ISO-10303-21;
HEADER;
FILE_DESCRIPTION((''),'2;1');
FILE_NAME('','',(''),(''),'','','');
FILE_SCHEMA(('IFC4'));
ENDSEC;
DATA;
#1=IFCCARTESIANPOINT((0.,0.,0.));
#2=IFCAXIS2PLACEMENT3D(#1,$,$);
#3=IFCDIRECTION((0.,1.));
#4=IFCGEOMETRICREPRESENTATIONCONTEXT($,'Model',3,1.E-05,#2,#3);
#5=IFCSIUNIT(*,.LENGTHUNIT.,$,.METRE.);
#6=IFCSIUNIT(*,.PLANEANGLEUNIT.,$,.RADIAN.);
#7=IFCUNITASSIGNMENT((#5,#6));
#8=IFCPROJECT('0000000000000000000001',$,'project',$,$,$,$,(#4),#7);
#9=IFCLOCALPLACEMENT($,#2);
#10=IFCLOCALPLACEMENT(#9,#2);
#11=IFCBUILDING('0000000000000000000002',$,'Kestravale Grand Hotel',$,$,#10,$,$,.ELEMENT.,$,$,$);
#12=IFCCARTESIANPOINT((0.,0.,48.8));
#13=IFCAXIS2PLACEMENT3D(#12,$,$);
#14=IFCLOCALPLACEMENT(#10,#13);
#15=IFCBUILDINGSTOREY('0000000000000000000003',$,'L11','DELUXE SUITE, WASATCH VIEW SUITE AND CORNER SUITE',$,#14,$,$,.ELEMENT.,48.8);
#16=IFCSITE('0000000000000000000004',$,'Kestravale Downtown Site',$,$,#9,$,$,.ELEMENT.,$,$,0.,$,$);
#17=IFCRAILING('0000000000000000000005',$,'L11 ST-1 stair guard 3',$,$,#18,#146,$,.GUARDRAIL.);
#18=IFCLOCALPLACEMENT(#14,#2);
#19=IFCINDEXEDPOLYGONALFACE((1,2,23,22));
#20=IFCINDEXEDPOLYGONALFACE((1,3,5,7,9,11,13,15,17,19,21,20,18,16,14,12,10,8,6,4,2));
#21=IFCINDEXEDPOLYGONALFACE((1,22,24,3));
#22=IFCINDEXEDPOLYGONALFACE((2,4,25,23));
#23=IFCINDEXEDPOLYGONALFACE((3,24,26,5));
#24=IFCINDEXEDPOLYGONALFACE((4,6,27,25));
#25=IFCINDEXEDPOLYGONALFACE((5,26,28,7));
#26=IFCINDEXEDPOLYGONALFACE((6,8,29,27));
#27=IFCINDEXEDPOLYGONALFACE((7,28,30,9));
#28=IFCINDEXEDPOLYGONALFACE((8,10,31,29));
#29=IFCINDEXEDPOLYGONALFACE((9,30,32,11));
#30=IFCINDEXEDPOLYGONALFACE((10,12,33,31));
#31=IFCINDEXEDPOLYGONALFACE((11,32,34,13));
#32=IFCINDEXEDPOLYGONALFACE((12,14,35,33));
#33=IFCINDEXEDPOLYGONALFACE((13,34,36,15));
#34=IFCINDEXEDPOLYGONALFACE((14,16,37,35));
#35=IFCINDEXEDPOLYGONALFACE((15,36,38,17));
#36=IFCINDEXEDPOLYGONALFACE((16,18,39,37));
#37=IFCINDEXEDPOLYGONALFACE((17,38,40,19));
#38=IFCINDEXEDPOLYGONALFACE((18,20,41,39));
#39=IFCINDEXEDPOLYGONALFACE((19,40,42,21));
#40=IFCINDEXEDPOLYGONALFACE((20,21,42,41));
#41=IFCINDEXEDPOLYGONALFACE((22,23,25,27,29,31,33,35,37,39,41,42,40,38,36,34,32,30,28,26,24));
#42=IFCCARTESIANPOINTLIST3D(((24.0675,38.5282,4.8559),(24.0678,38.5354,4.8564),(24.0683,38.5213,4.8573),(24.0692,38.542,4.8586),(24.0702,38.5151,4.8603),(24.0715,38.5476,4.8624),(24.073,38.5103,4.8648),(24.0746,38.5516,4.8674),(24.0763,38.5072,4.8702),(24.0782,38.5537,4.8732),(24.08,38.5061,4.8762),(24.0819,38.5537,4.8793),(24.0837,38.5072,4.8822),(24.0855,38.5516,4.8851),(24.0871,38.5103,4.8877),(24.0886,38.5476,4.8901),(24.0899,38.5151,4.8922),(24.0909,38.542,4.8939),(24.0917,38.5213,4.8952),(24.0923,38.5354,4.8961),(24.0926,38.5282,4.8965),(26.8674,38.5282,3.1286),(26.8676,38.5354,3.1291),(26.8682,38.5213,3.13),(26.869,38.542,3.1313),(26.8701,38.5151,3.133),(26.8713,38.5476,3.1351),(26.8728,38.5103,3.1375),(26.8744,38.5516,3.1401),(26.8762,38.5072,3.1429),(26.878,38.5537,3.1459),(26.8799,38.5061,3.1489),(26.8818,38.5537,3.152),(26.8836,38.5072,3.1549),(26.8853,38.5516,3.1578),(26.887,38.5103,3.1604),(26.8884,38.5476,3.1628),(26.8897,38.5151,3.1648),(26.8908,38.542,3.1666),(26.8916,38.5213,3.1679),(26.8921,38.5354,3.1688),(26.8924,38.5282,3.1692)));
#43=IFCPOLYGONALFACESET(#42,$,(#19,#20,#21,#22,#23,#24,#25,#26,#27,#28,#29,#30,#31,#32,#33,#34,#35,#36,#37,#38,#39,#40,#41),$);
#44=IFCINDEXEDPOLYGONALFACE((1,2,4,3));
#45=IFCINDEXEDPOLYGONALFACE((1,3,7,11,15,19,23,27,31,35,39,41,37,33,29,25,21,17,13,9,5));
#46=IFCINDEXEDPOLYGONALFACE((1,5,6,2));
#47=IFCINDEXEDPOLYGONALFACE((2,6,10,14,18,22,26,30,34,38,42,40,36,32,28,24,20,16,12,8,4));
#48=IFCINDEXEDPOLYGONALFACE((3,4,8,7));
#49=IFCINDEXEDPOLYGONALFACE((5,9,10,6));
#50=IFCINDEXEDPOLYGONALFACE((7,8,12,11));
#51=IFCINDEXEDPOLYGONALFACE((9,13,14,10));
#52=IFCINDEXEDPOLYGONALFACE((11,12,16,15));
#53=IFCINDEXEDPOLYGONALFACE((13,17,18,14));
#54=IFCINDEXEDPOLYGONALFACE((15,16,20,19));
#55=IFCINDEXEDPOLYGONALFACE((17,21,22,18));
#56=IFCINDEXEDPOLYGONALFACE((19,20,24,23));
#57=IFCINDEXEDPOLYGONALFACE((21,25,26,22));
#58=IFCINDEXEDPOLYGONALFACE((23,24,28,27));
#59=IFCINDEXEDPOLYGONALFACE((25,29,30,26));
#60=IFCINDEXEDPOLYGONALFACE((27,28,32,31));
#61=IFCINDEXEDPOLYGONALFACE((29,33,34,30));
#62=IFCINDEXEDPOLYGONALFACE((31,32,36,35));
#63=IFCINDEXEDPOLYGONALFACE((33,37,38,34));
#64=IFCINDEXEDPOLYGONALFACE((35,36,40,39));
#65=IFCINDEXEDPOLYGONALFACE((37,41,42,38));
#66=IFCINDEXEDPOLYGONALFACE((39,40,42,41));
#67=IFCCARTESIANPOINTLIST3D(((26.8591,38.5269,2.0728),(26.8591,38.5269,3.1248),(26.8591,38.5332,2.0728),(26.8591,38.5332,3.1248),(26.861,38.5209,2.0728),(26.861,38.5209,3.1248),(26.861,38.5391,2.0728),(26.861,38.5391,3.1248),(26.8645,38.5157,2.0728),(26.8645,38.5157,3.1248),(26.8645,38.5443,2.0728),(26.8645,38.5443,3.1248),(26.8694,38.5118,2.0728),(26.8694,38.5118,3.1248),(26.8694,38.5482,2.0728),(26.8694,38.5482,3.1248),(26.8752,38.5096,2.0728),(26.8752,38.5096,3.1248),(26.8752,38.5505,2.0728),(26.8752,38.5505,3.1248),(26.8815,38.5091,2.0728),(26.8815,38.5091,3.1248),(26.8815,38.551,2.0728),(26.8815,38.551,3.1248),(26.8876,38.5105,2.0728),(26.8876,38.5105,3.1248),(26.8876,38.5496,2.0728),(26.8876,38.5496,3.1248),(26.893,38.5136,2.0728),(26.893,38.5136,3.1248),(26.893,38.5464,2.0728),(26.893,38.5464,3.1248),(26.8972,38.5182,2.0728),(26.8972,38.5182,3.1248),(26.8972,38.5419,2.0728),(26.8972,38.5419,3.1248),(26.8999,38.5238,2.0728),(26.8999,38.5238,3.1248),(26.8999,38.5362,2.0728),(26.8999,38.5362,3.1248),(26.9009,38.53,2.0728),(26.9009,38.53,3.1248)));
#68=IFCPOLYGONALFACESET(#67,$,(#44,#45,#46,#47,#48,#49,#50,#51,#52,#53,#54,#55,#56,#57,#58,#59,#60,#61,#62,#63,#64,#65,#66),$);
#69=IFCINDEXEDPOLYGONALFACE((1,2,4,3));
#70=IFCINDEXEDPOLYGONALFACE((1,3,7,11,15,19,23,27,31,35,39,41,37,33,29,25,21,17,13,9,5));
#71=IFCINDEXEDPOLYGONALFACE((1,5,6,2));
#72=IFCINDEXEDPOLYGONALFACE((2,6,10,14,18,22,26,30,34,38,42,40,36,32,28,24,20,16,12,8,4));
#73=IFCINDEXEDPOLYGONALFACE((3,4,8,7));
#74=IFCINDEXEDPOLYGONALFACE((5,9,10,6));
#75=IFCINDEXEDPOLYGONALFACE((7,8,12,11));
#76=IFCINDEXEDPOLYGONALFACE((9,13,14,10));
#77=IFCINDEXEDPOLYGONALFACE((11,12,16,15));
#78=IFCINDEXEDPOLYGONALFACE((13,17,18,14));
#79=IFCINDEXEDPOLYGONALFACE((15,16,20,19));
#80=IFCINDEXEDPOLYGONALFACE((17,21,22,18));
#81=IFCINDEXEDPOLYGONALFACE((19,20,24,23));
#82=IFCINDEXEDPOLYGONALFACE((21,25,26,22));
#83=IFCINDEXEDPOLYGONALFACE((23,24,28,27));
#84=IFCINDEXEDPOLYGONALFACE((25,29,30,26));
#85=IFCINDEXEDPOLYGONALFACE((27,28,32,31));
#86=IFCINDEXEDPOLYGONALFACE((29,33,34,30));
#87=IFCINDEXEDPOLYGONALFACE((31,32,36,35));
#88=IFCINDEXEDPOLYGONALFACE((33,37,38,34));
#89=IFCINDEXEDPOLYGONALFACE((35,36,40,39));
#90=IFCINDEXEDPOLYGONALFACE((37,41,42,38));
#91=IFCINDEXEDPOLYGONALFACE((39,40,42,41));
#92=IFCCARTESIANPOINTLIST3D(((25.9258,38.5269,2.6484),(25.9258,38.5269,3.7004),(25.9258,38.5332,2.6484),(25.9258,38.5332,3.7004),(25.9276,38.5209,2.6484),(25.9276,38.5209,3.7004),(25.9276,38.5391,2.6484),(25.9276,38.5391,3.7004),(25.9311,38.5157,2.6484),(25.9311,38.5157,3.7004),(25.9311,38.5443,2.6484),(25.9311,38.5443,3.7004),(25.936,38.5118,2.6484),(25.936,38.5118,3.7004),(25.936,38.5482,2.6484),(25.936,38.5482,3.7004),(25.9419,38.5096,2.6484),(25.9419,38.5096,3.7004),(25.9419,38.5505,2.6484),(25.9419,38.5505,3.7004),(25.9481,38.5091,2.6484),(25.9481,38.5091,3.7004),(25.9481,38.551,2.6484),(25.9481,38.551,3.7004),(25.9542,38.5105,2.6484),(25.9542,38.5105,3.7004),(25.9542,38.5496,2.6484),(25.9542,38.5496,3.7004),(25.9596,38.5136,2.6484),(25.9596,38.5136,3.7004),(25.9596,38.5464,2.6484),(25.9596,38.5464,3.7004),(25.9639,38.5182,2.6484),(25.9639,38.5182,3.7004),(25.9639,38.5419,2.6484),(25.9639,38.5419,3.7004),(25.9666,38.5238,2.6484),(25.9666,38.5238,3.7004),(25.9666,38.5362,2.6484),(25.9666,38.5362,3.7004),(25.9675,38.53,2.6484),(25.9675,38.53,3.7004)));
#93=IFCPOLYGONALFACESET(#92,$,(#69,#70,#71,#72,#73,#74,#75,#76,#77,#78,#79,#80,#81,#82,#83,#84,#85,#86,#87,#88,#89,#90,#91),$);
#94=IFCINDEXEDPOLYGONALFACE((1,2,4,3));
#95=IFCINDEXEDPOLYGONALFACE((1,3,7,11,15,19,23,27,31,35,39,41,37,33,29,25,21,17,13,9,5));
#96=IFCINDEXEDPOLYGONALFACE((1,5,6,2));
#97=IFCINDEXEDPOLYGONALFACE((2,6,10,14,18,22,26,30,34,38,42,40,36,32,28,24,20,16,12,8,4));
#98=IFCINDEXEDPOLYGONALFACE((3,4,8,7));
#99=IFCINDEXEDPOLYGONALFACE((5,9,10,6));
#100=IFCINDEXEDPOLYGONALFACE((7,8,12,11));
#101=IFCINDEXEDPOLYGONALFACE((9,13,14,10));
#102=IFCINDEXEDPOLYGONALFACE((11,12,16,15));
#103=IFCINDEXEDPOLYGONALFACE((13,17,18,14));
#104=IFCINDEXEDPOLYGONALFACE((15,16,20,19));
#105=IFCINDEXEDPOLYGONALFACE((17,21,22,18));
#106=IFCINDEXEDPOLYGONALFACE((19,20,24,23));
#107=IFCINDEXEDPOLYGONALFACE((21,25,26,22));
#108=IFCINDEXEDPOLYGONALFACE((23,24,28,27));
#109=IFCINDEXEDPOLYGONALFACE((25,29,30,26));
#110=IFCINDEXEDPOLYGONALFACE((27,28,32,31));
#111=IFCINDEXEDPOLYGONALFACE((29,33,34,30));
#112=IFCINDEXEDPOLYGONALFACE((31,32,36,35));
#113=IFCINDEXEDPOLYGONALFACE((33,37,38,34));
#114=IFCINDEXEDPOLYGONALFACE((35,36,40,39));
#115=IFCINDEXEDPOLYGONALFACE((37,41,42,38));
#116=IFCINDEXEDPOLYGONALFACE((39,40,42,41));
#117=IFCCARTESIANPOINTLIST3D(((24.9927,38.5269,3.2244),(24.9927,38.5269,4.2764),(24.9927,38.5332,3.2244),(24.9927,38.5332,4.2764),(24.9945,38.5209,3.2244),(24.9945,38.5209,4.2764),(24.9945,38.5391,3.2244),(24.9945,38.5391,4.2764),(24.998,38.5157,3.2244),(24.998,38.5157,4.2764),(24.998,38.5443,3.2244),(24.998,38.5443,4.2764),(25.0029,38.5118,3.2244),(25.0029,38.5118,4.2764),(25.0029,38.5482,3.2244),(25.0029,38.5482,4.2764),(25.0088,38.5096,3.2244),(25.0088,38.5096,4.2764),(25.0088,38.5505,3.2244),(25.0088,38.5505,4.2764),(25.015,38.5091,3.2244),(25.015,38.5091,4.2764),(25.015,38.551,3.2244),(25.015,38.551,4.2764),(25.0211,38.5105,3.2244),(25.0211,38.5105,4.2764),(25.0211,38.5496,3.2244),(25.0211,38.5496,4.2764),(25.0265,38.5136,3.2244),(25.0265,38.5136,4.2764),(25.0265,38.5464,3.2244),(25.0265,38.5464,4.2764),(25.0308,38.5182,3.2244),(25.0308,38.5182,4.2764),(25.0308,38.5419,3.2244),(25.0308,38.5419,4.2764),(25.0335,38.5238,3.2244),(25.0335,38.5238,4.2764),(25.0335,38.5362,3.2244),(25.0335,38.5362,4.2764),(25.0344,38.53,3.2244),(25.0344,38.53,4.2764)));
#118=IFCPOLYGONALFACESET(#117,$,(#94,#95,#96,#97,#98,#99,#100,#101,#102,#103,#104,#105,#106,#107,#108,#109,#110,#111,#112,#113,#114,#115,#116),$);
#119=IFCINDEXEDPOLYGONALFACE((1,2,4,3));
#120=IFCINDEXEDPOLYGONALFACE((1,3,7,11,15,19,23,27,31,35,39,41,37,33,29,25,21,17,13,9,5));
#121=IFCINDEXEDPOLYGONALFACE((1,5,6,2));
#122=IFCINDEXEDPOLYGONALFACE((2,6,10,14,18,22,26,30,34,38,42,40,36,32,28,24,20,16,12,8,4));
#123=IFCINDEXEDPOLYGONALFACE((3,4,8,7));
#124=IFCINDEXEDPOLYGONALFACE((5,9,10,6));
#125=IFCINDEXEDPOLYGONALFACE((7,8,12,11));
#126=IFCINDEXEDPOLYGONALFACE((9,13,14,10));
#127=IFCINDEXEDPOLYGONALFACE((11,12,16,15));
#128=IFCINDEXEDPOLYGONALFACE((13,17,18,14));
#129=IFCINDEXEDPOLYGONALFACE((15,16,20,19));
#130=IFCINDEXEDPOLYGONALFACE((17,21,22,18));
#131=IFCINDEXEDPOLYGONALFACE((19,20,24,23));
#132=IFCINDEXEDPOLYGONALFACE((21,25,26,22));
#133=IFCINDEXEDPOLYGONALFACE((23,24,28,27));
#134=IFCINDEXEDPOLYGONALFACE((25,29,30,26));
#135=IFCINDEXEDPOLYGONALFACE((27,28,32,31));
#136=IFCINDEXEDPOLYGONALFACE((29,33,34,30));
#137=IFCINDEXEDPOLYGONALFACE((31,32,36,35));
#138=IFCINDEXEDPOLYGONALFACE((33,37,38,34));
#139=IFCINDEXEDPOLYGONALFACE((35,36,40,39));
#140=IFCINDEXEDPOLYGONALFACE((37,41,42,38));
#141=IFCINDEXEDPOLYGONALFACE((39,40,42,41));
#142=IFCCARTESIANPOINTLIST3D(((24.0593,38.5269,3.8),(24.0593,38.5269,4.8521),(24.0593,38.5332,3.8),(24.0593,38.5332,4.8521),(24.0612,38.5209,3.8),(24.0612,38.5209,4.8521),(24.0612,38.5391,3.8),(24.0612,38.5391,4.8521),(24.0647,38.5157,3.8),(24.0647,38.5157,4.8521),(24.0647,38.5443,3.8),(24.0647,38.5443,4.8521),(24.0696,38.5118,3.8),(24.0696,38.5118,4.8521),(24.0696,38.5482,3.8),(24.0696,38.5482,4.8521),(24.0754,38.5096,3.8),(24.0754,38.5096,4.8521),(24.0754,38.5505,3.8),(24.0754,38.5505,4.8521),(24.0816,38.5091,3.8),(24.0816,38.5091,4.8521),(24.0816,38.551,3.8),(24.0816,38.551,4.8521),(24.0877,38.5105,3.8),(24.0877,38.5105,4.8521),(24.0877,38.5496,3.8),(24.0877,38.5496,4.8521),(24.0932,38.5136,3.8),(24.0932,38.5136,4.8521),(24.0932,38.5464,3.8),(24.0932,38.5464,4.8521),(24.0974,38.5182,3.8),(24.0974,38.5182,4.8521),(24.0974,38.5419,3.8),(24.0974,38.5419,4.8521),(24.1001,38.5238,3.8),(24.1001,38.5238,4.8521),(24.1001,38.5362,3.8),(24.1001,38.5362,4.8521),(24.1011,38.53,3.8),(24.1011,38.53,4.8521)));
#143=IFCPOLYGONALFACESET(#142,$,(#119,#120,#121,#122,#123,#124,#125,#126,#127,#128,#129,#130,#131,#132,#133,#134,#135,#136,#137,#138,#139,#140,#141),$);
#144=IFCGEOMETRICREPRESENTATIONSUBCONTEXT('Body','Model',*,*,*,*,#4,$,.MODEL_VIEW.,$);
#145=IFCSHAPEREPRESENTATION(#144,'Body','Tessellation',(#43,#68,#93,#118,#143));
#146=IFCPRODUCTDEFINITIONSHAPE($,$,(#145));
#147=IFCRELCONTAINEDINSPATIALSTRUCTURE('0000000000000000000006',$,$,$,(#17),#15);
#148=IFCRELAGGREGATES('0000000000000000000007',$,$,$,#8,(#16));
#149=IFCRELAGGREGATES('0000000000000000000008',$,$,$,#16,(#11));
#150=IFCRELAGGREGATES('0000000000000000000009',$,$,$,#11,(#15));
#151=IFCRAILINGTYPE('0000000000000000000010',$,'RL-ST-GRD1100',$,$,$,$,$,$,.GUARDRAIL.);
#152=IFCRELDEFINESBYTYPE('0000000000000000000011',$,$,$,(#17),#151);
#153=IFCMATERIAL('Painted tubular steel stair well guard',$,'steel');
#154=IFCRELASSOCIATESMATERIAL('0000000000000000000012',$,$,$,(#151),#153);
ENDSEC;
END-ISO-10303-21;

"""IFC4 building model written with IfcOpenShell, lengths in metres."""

from ifc_helpers import new_model, si_unit, direction, frame, origin, origin_2d, place, context, subcontext, project, spatial, circle, extrude, material, type_object, element, save


model = new_model("IFC4")

# Units and contexts
model_context = context("Model", 3, precision=1e-05, world=origin(), true_north=direction((0.0, 1.0)))
body_context = subcontext(model_context, "Body", "Model", "MODEL_VIEW")
ifc_project = project(units=[si_unit("LENGTHUNIT", "METRE"), si_unit("PLANEANGLEUNIT", "RADIAN")], contexts=[model_context])

# Site, building, storey
site_placement = place(None, origin())
site = spatial("IfcSite", under=ifc_project, at=site_placement, Name="Kestravale Downtown Site", CompositionType="ELEMENT", RefElevation=0.0)
building_placement = place(site_placement, origin())
building = spatial("IfcBuilding", under=site, at=building_placement, Name="Kestravale Grand Hotel", CompositionType="ELEMENT")
storey_placement = place(building_placement, frame((0.0, 0.0, 48.8)))
storey = spatial("IfcBuildingStorey", under=building, at=storey_placement, Name="L11", Description="DELUXE SUITE, WASATCH VIEW SUITE AND CORNER SUITE", CompositionType="ELEMENT", Elevation=48.8)

# Railing
ifc_material_1 = material(Name="Painted tubular steel stair well guard", Category="steel")
railing_type_1 = type_object("IfcRailingType", Name="RL-ST-GRD1100", PredefinedType="GUARDRAIL", material=ifc_material_1)
railing_1_placement = place(storey_placement, frame((26.8799, 38.53, 2.0728)))
element("IfcRailing", 1, at=railing_1_placement, inside=storey, type_object=railing_type_1, Name="L11 ST-1 stair guard 3", PredefinedType="GUARDRAIL", context=body_context, shape_type="SweptSolid", body=[
    extrude(circle(Radius=0.0239, at=origin_2d()), frame((0.0, 0.0, 1.0762), z_axis=(-0.851069, 0.0, 0.525054), x_axis=(0.0, -1.0, 0.0)), (0.0, 0.0, 1.0), 3.2898),
    extrude(circle(Radius=0.021, at=origin_2d()), origin(), (0.0, 0.0, 1.0), 1.052),
    extrude(circle(Radius=0.021, at=origin_2d()), frame((-0.9333, 0.0, 0.5757)), (0.0, 0.0, 1.0), 1.052),
    extrude(circle(Radius=0.021, at=origin_2d()), frame((-1.8665, 0.0, 1.1516)), (0.0, 0.0, 1.0), 1.052),
    extrude(circle(Radius=0.021, at=origin_2d()), frame((-2.7998, 0.0, 1.7273)), (0.0, 0.0, 1.0), 1.052),
])

save(model, "model.ifc")
